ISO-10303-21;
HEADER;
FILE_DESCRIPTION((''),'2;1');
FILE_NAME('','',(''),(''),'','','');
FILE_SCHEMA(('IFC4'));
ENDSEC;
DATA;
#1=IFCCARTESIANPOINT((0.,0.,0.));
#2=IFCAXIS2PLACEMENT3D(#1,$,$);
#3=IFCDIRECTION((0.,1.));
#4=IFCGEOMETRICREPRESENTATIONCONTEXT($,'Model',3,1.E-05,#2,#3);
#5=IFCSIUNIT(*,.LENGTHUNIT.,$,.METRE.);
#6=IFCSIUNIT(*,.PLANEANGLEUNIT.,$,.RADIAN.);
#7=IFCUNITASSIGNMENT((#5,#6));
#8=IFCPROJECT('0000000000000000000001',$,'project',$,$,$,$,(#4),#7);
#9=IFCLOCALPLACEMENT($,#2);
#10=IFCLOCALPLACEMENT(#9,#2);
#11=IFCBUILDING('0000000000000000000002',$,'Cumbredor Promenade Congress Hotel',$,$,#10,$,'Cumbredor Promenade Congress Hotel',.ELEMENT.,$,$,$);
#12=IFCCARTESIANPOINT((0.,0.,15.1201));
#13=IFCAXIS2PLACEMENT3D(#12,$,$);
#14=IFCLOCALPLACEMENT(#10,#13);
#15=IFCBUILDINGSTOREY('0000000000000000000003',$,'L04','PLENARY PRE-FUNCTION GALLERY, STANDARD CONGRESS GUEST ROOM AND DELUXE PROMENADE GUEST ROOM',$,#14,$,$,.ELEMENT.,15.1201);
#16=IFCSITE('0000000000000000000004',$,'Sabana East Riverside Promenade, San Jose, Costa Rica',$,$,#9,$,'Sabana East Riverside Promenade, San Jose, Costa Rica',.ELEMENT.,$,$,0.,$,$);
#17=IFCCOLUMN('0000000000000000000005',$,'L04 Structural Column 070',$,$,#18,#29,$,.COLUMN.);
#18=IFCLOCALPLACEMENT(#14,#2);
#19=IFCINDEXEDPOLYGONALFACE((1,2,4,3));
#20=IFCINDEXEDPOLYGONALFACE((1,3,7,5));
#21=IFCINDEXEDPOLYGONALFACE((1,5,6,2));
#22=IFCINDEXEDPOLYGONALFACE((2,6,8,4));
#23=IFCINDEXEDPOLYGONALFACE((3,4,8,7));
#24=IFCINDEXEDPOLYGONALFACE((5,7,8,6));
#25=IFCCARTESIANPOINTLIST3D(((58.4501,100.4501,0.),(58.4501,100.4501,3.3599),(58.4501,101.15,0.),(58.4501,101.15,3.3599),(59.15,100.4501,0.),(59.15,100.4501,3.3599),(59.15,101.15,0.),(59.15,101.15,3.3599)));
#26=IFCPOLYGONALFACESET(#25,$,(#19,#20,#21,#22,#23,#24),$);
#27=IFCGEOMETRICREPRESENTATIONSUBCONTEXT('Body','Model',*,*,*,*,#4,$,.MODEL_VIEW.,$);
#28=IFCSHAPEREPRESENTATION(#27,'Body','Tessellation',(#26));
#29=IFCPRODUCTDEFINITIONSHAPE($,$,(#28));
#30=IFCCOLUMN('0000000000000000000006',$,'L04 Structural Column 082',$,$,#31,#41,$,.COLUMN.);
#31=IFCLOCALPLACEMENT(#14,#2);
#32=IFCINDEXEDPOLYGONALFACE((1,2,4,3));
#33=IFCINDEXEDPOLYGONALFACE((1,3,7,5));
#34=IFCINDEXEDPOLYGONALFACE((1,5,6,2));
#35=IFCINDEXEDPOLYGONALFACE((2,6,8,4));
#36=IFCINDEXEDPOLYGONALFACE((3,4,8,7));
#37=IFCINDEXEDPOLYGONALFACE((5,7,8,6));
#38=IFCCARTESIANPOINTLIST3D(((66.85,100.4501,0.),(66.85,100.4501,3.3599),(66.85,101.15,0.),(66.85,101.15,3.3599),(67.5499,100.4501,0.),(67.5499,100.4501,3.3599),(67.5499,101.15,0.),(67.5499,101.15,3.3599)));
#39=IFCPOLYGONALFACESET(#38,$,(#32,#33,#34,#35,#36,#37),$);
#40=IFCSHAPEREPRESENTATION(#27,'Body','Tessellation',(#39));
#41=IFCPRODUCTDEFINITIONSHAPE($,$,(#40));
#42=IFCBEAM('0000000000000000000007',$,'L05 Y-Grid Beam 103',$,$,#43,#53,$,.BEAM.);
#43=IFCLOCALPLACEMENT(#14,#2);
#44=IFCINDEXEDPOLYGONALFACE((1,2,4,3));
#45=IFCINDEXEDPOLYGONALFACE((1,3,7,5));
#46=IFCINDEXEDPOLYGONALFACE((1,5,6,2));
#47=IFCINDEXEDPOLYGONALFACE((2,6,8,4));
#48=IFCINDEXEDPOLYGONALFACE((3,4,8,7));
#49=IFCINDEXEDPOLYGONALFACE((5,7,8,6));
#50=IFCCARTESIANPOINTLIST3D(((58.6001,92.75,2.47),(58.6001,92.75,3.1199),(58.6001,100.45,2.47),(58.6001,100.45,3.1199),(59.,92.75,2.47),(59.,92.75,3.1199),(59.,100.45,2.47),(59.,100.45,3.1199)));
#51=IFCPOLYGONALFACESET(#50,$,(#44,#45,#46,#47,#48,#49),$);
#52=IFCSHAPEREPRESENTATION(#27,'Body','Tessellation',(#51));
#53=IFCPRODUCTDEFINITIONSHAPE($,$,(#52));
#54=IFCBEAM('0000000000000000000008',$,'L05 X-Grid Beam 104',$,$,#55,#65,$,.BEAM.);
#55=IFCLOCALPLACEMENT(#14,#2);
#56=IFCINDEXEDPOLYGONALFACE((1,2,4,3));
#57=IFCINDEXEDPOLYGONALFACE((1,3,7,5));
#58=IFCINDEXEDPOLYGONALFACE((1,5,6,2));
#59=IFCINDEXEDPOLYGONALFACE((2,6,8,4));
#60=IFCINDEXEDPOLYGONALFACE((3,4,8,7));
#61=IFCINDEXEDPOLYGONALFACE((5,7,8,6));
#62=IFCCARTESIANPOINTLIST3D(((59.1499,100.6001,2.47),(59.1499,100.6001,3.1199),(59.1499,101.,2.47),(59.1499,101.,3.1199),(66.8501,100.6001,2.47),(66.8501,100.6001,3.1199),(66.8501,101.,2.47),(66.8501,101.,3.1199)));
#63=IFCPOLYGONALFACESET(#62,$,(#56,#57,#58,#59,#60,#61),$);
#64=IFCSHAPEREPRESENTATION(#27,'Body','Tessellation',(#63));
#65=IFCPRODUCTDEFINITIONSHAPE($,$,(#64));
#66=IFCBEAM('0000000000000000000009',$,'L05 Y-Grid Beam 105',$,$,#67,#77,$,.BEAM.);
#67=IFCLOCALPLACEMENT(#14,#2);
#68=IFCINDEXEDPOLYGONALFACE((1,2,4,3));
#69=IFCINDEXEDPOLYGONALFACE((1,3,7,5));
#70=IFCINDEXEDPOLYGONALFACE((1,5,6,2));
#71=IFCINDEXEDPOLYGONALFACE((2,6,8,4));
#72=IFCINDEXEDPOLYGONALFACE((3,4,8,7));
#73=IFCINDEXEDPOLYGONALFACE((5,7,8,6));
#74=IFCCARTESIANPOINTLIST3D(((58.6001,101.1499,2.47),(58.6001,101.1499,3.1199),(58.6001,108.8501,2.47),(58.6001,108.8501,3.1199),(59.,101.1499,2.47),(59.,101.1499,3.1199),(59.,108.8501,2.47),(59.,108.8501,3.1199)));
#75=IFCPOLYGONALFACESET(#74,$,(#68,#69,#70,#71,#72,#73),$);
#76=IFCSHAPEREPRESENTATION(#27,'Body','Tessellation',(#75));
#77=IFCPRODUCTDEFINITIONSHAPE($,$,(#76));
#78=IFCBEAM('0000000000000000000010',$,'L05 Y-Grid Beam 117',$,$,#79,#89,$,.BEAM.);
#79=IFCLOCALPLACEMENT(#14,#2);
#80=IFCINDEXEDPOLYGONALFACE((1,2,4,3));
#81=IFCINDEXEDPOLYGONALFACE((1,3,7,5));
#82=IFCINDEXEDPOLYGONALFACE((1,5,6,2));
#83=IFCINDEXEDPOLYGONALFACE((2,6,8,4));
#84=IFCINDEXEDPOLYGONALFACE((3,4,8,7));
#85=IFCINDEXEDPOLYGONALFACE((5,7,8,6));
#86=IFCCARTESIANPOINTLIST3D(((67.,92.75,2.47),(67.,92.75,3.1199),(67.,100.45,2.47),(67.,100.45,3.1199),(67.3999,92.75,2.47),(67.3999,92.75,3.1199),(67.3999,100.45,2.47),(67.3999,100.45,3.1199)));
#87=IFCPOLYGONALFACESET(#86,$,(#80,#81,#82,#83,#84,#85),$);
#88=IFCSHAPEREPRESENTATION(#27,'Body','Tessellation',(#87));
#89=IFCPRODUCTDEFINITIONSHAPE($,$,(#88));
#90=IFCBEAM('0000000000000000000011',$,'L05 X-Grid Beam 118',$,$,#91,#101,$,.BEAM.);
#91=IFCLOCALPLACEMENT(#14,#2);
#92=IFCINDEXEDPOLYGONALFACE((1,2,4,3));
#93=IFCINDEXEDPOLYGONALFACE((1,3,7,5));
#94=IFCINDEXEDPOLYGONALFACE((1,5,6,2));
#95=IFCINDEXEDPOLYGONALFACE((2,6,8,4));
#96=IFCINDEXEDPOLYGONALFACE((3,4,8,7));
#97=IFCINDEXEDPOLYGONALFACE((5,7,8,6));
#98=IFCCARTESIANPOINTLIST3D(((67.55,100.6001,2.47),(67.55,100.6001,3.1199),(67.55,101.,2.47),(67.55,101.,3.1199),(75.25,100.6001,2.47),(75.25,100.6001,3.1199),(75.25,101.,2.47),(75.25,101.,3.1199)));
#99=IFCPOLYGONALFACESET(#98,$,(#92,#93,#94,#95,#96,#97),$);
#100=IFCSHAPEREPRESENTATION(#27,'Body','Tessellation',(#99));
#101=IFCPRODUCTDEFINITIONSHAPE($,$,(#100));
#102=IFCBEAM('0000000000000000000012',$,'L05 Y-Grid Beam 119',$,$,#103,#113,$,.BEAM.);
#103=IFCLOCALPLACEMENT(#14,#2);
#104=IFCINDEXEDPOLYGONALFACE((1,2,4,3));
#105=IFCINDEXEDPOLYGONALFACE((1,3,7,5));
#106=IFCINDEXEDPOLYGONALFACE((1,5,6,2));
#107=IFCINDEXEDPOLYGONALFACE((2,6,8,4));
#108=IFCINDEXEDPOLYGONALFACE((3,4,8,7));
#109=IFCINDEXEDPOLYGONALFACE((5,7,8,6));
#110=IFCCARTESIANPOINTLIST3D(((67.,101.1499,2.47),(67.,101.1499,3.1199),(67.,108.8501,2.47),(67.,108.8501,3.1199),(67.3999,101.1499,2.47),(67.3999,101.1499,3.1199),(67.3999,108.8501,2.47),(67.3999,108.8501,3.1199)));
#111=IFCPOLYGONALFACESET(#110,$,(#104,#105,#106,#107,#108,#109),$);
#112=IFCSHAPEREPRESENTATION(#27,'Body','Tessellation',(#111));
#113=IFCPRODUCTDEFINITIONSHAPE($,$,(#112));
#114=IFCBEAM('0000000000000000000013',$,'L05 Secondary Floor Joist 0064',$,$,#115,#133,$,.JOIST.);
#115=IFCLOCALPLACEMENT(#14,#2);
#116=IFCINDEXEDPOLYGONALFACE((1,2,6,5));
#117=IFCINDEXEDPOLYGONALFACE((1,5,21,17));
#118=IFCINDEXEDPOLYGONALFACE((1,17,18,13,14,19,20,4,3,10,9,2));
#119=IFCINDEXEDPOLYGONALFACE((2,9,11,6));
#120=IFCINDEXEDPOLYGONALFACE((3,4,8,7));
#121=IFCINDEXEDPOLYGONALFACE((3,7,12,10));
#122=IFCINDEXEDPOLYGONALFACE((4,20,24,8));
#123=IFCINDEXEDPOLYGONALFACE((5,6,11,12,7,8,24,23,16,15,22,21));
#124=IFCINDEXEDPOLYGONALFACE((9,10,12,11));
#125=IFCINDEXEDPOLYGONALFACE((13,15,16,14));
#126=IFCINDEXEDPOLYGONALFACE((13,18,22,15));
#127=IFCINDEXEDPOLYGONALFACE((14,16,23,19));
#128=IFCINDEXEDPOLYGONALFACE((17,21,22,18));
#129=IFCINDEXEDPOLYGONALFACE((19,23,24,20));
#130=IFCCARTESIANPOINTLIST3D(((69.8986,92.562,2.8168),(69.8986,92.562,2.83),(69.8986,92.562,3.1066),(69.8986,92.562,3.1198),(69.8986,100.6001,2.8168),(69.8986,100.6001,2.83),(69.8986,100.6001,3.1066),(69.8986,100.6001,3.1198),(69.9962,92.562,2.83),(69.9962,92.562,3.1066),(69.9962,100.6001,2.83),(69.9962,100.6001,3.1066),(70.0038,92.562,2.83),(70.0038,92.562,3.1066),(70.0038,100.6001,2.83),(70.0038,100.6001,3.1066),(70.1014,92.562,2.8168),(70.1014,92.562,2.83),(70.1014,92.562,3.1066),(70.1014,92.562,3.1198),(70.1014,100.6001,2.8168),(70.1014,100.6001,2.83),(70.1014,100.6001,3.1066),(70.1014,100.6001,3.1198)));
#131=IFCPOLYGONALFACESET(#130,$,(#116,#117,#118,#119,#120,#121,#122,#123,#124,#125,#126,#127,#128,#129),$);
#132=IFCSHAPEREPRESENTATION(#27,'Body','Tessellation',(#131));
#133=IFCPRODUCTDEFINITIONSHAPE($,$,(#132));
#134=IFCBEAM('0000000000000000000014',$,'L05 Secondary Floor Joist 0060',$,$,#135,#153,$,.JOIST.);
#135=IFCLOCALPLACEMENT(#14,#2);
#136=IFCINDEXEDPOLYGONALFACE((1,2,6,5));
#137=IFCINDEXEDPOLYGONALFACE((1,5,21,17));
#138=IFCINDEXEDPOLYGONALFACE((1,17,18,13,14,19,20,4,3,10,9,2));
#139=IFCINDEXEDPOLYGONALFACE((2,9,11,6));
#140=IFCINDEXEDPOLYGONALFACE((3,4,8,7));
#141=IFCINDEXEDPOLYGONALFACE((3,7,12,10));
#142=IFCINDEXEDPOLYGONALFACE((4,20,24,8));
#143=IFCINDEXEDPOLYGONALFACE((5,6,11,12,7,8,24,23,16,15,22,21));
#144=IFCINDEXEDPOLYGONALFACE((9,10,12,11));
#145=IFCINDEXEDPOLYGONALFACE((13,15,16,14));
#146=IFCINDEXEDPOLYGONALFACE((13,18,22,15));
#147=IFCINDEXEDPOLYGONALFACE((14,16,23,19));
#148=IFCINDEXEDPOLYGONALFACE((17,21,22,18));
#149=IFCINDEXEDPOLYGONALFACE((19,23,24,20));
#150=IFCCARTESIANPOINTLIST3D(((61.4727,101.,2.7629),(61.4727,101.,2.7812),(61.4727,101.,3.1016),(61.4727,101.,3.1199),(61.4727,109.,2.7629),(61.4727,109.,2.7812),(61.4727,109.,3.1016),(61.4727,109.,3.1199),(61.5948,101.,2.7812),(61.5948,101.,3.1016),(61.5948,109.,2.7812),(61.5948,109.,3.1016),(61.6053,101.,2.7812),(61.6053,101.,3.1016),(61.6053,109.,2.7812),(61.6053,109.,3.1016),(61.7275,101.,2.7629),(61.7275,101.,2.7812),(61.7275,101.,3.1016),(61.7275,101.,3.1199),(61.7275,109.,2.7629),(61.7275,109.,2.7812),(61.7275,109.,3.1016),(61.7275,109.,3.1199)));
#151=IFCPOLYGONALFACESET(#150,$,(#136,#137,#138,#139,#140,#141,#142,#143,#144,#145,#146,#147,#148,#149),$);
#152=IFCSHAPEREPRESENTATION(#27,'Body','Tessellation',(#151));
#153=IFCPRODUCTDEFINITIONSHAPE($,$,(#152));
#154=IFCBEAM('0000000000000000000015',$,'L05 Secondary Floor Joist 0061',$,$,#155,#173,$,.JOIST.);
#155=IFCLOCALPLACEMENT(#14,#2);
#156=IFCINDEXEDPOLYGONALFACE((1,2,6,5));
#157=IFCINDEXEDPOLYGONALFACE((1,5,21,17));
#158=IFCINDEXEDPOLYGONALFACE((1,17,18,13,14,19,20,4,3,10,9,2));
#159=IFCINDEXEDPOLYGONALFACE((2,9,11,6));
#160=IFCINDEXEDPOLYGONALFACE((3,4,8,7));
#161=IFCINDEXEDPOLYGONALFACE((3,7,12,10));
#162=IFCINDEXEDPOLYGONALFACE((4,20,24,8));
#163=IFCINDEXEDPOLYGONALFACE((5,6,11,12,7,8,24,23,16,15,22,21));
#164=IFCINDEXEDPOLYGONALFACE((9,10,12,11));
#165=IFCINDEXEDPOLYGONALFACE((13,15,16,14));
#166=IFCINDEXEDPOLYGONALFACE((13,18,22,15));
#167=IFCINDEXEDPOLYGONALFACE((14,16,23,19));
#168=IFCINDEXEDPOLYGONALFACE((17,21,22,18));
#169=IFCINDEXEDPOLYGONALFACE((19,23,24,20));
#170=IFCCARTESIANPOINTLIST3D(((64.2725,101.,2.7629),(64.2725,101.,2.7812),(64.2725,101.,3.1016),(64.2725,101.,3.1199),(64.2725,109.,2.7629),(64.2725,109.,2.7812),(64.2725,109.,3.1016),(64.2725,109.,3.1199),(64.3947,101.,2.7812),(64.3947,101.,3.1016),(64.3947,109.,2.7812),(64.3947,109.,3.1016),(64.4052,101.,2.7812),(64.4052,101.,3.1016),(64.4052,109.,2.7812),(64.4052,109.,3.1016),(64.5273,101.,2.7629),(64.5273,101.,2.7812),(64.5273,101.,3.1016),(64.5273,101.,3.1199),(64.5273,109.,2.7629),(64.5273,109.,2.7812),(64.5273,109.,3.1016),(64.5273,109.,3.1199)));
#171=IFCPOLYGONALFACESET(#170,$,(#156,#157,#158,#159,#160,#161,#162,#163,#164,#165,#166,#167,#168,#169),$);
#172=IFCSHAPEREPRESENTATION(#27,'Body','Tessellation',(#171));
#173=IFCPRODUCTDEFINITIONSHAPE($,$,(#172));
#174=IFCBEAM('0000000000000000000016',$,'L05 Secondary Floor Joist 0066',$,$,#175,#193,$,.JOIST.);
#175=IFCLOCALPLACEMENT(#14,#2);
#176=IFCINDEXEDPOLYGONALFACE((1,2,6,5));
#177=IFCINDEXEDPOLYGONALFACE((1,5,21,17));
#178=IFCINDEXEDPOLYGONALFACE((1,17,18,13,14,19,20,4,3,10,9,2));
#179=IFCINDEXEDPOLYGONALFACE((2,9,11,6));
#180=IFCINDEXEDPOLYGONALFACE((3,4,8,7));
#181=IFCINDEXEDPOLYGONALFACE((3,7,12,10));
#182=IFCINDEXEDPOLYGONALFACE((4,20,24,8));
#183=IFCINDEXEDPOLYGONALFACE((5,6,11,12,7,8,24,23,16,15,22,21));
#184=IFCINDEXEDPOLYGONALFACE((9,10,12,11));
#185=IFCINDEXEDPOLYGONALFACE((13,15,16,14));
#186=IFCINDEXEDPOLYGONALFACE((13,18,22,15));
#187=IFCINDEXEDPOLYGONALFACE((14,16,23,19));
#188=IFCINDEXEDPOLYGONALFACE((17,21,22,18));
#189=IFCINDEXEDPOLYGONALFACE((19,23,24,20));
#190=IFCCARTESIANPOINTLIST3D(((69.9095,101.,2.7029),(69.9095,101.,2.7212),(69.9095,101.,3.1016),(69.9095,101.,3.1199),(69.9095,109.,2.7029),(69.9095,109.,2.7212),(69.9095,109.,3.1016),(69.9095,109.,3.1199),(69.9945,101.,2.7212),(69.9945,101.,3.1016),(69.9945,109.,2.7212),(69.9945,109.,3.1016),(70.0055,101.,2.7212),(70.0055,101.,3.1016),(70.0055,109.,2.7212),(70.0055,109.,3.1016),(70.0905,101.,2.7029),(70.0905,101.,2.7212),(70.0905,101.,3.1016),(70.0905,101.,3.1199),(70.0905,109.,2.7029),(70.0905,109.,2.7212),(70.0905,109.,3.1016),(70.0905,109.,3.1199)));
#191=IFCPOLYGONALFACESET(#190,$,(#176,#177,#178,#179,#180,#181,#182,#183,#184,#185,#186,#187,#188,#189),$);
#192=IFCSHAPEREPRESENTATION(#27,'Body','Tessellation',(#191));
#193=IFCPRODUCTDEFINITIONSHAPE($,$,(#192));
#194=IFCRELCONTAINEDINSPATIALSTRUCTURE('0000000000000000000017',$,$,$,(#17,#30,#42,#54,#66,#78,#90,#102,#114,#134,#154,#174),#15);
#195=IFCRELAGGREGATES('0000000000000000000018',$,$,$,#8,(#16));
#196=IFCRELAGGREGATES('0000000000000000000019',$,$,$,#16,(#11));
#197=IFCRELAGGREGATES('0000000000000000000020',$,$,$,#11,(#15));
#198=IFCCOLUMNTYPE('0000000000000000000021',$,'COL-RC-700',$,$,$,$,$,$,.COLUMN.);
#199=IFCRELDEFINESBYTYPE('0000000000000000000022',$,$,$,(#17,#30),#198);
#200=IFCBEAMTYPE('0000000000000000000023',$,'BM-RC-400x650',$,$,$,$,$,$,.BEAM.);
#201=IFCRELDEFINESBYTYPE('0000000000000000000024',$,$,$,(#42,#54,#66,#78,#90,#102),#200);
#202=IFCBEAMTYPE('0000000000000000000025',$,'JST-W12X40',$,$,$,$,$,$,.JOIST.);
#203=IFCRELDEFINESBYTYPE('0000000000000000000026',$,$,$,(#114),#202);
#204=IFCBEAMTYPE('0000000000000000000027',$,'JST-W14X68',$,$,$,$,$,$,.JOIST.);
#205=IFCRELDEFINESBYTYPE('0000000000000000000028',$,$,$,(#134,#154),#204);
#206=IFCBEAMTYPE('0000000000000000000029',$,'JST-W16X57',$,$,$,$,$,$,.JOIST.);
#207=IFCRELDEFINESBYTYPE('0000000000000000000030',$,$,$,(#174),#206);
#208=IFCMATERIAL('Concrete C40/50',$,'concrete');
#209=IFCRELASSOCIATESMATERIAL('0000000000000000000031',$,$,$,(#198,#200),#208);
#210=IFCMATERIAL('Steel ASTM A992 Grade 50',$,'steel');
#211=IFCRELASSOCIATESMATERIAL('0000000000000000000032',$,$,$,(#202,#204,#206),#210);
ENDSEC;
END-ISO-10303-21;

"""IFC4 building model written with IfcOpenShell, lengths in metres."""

from ifc_helpers import new_model, si_unit, direction, frame, origin, origin_2d, place, context, subcontext, project, spatial, rectangle, i_section, extrude, material, material_profile, profile_set, type_object, element, save


model = new_model("IFC4")

# Units and contexts
model_context = context("Model", 3, precision=1e-05, world=origin(), true_north=direction((0.0, 1.0)))
body_context = subcontext(model_context, "Body", "Model", "MODEL_VIEW")
ifc_project = project(units=[si_unit("LENGTHUNIT", "METRE"), si_unit("PLANEANGLEUNIT", "RADIAN")], contexts=[model_context])

# Site, building, storey
site_placement = place(None, origin())
site = spatial("IfcSite", under=ifc_project, at=site_placement, Name="Sabana East Riverside Promenade, San Jose, Costa Rica", LongName="Sabana East Riverside Promenade, San Jose, Costa Rica", CompositionType="ELEMENT", RefElevation=0.0)
building_placement = place(site_placement, origin())
building = spatial("IfcBuilding", under=site, at=building_placement, Name="Cumbredor Promenade Congress Hotel", LongName="Cumbredor Promenade Congress Hotel", CompositionType="ELEMENT")
storey_placement = place(building_placement, frame((0.0, 0.0, 15.1201)))
storey = spatial("IfcBuildingStorey", under=building, at=storey_placement, Name="L04", Description="PLENARY PRE-FUNCTION GALLERY, STANDARD CONGRESS GUEST ROOM AND DELUXE PROMENADE GUEST ROOM", CompositionType="ELEMENT", Elevation=15.1201)

# Columns
ifc_material_1 = material(Name="Concrete C40/50", Category="concrete")
ifc_material_profile_1 = material_profile(ifc_material_1, rectangle(XDim=0.7, YDim=0.7, at=origin_2d()), Name="RC 700x700")
ifc_profile_set_1 = profile_set([ifc_material_profile_1], Name="Concrete C40/50")
column_type = type_object("IfcColumnType", Name="COL-RC-700", PredefinedType="COLUMN", material=ifc_profile_set_1)
for number, where, z_axis, x_axis, name in (
    (1, (58.8, 100.8, 0.0), (0.0, 0.0, 1.0), (1.0, 0.0, 0.0), "L04 Structural Column 070"),
    (2, (67.2, 100.8, 0.0), (0.0, 0.0, 1.0), (1.0, 0.0, 0.0), "L04 Structural Column 082"),
):
    element("IfcColumn", number, at=place(storey_placement, frame(where, z_axis=z_axis, x_axis=x_axis)), inside=storey, type_object=column_type, Name=name, PredefinedType="COLUMN", context=body_context, shape_type="SweptSolid", body=[
        extrude(rectangle(XDim=0.7, YDim=0.7, at=origin_2d()), origin(), (0.0, 0.0, 1.0), 3.3599),
    ])

# Beams
ifc_material_profile_2 = material_profile(ifc_material_1, rectangle(XDim=0.3999, YDim=0.6499, at=origin_2d()), Name="RC BEAM 400x650")
ifc_profile_set_2 = profile_set([ifc_material_profile_2], Name="Concrete C40/50")
beam_type_1 = type_object("IfcBeamType", Name="BM-RC-400x650", PredefinedType="BEAM", material=ifc_profile_set_2)
beam_1_placement = place(storey_placement, frame((58.8, 92.75, 2.7949), z_axis=(0.0, 1.0, 0.0), x_axis=(-1.0, 0.0, 0.0)))
element("IfcBeam", 3, at=beam_1_placement, inside=storey, type_object=beam_type_1, Name="L05 Y-Grid Beam 103", PredefinedType="BEAM", context=body_context, shape_type="SweptSolid", body=[
    extrude(rectangle(XDim=0.3999, YDim=0.6499, at=origin_2d()), origin(), (0.0, 0.0, 1.0), 7.7),
])
for number, where, z_axis, x_axis, name in (
    (4, (59.1499, 100.8, 2.7949), (1.0, 0.0, 0.0), (0.0, 1.0, 0.0), "L05 X-Grid Beam 104"),
    (5, (58.8, 101.1499, 2.7949), (0.0, 1.0, 0.0), (-1.0, 0.0, 0.0), "L05 Y-Grid Beam 105"),
):
    element("IfcBeam", number, at=place(storey_placement, frame(where, z_axis=z_axis, x_axis=x_axis)), inside=storey, type_object=beam_type_1, Name=name, PredefinedType="BEAM", context=body_context, shape_type="SweptSolid", body=[
        extrude(rectangle(XDim=0.3999, YDim=0.6499, at=origin_2d()), origin(), (0.0, 0.0, 1.0), 7.7002),
    ])
for number, where, z_axis, x_axis, name in (
    (6, (67.2, 92.75, 2.7949), (0.0, 1.0, 0.0), (-1.0, 0.0, 0.0), "L05 Y-Grid Beam 117"),
    (7, (67.55, 100.8, 2.7949), (1.0, 0.0, 0.0), (0.0, 1.0, 0.0), "L05 X-Grid Beam 118"),
):
    element("IfcBeam", number, at=place(storey_placement, frame(where, z_axis=z_axis, x_axis=x_axis)), inside=storey, type_object=beam_type_1, Name=name, PredefinedType="BEAM", context=body_context, shape_type="SweptSolid", body=[
        extrude(rectangle(XDim=0.3999, YDim=0.6499, at=origin_2d()), origin(), (0.0, 0.0, 1.0), 7.7),
    ])
beam_2_placement = place(storey_placement, frame((67.2, 101.1499, 2.7949), z_axis=(0.0, 1.0, 0.0), x_axis=(-1.0, 0.0, 0.0)))
element("IfcBeam", 8, at=beam_2_placement, inside=storey, type_object=beam_type_1, Name="L05 Y-Grid Beam 119", PredefinedType="BEAM", context=body_context, shape_type="SweptSolid", body=[
    extrude(rectangle(XDim=0.3999, YDim=0.6499, at=origin_2d()), origin(), (0.0, 0.0, 1.0), 7.7002),
])
ifc_material_2 = material(Name="Steel ASTM A992 Grade 50", Category="steel")
ifc_material_profile_3 = material_profile(ifc_material_2, i_section(OverallWidth=0.2029, OverallDepth=0.303, WebThickness=0.0076, FlangeThickness=0.0132, at=origin_2d()), Name="W12X40")
ifc_profile_set_3 = profile_set([ifc_material_profile_3], Name="Steel ASTM A992 Grade 50")
beam_type_2 = type_object("IfcBeamType", Name="JST-W12X40", PredefinedType="JOIST", material=ifc_profile_set_3)
beam_3_placement = place(storey_placement, frame((70.0, 92.562, 2.9683), z_axis=(0.0, 1.0, 0.0), x_axis=(-1.0, 0.0, 0.0)))
element("IfcBeam", 9, at=beam_3_placement, inside=storey, type_object=beam_type_2, Name="L05 Secondary Floor Joist 0064", PredefinedType="JOIST", context=body_context, shape_type="SweptSolid", body=[
    extrude(i_section(OverallWidth=0.2029, OverallDepth=0.303, WebThickness=0.0076, FlangeThickness=0.0132, at=origin_2d()), origin(), (0.0, 0.0, 1.0), 8.0381),
])
ifc_material_profile_4 = material_profile(ifc_material_2, i_section(OverallWidth=0.2549, OverallDepth=0.3569, WebThickness=0.0105, FlangeThickness=0.0183, at=origin_2d()), Name="W14X68")
ifc_profile_set_4 = profile_set([ifc_material_profile_4], Name="Steel ASTM A992 Grade 50")
beam_type_3 = type_object("IfcBeamType", Name="JST-W14X68", PredefinedType="JOIST", material=ifc_profile_set_4)
for number, where, z_axis, x_axis, name in (
    (10, (61.6001, 101.0, 2.9414), (0.0, 1.0, 0.0), (-1.0, 0.0, 0.0), "L05 Secondary Floor Joist 0060"),
    (11, (64.3999, 101.0, 2.9414), (0.0, 1.0, 0.0), (-1.0, 0.0, 0.0), "L05 Secondary Floor Joist 0061"),
):
    element("IfcBeam", number, at=place(storey_placement, frame(where, z_axis=z_axis, x_axis=x_axis)), inside=storey, type_object=beam_type_3, Name=name, PredefinedType="JOIST", context=body_context, shape_type="SweptSolid", body=[
        extrude(i_section(OverallWidth=0.2549, OverallDepth=0.3569, WebThickness=0.0105, FlangeThickness=0.0183, at=origin_2d()), origin(), (0.0, 0.0, 1.0), 8.0),
    ])
ifc_material_profile_5 = material_profile(ifc_material_2, i_section(OverallWidth=0.1809, OverallDepth=0.417, WebThickness=0.011, FlangeThickness=0.0183, at=origin_2d()), Name="W16X57")
ifc_profile_set_5 = profile_set([ifc_material_profile_5], Name="Steel ASTM A992 Grade 50")
beam_type_4 = type_object("IfcBeamType", Name="JST-W16X57", PredefinedType="JOIST", material=ifc_profile_set_5)
beam_4_placement = place(storey_placement, frame((70.0, 101.0, 2.9114), z_axis=(0.0, 1.0, 0.0), x_axis=(-1.0, 0.0, 0.0)))
element("IfcBeam", 12, at=beam_4_placement, inside=storey, type_object=beam_type_4, Name="L05 Secondary Floor Joist 0066", PredefinedType="JOIST", context=body_context, shape_type="SweptSolid", body=[
    extrude(i_section(OverallWidth=0.1809, OverallDepth=0.417, WebThickness=0.011, FlangeThickness=0.0183, at=origin_2d()), origin(), (0.0, 0.0, 1.0), 8.0),
])

save(model, "model.ifc")
